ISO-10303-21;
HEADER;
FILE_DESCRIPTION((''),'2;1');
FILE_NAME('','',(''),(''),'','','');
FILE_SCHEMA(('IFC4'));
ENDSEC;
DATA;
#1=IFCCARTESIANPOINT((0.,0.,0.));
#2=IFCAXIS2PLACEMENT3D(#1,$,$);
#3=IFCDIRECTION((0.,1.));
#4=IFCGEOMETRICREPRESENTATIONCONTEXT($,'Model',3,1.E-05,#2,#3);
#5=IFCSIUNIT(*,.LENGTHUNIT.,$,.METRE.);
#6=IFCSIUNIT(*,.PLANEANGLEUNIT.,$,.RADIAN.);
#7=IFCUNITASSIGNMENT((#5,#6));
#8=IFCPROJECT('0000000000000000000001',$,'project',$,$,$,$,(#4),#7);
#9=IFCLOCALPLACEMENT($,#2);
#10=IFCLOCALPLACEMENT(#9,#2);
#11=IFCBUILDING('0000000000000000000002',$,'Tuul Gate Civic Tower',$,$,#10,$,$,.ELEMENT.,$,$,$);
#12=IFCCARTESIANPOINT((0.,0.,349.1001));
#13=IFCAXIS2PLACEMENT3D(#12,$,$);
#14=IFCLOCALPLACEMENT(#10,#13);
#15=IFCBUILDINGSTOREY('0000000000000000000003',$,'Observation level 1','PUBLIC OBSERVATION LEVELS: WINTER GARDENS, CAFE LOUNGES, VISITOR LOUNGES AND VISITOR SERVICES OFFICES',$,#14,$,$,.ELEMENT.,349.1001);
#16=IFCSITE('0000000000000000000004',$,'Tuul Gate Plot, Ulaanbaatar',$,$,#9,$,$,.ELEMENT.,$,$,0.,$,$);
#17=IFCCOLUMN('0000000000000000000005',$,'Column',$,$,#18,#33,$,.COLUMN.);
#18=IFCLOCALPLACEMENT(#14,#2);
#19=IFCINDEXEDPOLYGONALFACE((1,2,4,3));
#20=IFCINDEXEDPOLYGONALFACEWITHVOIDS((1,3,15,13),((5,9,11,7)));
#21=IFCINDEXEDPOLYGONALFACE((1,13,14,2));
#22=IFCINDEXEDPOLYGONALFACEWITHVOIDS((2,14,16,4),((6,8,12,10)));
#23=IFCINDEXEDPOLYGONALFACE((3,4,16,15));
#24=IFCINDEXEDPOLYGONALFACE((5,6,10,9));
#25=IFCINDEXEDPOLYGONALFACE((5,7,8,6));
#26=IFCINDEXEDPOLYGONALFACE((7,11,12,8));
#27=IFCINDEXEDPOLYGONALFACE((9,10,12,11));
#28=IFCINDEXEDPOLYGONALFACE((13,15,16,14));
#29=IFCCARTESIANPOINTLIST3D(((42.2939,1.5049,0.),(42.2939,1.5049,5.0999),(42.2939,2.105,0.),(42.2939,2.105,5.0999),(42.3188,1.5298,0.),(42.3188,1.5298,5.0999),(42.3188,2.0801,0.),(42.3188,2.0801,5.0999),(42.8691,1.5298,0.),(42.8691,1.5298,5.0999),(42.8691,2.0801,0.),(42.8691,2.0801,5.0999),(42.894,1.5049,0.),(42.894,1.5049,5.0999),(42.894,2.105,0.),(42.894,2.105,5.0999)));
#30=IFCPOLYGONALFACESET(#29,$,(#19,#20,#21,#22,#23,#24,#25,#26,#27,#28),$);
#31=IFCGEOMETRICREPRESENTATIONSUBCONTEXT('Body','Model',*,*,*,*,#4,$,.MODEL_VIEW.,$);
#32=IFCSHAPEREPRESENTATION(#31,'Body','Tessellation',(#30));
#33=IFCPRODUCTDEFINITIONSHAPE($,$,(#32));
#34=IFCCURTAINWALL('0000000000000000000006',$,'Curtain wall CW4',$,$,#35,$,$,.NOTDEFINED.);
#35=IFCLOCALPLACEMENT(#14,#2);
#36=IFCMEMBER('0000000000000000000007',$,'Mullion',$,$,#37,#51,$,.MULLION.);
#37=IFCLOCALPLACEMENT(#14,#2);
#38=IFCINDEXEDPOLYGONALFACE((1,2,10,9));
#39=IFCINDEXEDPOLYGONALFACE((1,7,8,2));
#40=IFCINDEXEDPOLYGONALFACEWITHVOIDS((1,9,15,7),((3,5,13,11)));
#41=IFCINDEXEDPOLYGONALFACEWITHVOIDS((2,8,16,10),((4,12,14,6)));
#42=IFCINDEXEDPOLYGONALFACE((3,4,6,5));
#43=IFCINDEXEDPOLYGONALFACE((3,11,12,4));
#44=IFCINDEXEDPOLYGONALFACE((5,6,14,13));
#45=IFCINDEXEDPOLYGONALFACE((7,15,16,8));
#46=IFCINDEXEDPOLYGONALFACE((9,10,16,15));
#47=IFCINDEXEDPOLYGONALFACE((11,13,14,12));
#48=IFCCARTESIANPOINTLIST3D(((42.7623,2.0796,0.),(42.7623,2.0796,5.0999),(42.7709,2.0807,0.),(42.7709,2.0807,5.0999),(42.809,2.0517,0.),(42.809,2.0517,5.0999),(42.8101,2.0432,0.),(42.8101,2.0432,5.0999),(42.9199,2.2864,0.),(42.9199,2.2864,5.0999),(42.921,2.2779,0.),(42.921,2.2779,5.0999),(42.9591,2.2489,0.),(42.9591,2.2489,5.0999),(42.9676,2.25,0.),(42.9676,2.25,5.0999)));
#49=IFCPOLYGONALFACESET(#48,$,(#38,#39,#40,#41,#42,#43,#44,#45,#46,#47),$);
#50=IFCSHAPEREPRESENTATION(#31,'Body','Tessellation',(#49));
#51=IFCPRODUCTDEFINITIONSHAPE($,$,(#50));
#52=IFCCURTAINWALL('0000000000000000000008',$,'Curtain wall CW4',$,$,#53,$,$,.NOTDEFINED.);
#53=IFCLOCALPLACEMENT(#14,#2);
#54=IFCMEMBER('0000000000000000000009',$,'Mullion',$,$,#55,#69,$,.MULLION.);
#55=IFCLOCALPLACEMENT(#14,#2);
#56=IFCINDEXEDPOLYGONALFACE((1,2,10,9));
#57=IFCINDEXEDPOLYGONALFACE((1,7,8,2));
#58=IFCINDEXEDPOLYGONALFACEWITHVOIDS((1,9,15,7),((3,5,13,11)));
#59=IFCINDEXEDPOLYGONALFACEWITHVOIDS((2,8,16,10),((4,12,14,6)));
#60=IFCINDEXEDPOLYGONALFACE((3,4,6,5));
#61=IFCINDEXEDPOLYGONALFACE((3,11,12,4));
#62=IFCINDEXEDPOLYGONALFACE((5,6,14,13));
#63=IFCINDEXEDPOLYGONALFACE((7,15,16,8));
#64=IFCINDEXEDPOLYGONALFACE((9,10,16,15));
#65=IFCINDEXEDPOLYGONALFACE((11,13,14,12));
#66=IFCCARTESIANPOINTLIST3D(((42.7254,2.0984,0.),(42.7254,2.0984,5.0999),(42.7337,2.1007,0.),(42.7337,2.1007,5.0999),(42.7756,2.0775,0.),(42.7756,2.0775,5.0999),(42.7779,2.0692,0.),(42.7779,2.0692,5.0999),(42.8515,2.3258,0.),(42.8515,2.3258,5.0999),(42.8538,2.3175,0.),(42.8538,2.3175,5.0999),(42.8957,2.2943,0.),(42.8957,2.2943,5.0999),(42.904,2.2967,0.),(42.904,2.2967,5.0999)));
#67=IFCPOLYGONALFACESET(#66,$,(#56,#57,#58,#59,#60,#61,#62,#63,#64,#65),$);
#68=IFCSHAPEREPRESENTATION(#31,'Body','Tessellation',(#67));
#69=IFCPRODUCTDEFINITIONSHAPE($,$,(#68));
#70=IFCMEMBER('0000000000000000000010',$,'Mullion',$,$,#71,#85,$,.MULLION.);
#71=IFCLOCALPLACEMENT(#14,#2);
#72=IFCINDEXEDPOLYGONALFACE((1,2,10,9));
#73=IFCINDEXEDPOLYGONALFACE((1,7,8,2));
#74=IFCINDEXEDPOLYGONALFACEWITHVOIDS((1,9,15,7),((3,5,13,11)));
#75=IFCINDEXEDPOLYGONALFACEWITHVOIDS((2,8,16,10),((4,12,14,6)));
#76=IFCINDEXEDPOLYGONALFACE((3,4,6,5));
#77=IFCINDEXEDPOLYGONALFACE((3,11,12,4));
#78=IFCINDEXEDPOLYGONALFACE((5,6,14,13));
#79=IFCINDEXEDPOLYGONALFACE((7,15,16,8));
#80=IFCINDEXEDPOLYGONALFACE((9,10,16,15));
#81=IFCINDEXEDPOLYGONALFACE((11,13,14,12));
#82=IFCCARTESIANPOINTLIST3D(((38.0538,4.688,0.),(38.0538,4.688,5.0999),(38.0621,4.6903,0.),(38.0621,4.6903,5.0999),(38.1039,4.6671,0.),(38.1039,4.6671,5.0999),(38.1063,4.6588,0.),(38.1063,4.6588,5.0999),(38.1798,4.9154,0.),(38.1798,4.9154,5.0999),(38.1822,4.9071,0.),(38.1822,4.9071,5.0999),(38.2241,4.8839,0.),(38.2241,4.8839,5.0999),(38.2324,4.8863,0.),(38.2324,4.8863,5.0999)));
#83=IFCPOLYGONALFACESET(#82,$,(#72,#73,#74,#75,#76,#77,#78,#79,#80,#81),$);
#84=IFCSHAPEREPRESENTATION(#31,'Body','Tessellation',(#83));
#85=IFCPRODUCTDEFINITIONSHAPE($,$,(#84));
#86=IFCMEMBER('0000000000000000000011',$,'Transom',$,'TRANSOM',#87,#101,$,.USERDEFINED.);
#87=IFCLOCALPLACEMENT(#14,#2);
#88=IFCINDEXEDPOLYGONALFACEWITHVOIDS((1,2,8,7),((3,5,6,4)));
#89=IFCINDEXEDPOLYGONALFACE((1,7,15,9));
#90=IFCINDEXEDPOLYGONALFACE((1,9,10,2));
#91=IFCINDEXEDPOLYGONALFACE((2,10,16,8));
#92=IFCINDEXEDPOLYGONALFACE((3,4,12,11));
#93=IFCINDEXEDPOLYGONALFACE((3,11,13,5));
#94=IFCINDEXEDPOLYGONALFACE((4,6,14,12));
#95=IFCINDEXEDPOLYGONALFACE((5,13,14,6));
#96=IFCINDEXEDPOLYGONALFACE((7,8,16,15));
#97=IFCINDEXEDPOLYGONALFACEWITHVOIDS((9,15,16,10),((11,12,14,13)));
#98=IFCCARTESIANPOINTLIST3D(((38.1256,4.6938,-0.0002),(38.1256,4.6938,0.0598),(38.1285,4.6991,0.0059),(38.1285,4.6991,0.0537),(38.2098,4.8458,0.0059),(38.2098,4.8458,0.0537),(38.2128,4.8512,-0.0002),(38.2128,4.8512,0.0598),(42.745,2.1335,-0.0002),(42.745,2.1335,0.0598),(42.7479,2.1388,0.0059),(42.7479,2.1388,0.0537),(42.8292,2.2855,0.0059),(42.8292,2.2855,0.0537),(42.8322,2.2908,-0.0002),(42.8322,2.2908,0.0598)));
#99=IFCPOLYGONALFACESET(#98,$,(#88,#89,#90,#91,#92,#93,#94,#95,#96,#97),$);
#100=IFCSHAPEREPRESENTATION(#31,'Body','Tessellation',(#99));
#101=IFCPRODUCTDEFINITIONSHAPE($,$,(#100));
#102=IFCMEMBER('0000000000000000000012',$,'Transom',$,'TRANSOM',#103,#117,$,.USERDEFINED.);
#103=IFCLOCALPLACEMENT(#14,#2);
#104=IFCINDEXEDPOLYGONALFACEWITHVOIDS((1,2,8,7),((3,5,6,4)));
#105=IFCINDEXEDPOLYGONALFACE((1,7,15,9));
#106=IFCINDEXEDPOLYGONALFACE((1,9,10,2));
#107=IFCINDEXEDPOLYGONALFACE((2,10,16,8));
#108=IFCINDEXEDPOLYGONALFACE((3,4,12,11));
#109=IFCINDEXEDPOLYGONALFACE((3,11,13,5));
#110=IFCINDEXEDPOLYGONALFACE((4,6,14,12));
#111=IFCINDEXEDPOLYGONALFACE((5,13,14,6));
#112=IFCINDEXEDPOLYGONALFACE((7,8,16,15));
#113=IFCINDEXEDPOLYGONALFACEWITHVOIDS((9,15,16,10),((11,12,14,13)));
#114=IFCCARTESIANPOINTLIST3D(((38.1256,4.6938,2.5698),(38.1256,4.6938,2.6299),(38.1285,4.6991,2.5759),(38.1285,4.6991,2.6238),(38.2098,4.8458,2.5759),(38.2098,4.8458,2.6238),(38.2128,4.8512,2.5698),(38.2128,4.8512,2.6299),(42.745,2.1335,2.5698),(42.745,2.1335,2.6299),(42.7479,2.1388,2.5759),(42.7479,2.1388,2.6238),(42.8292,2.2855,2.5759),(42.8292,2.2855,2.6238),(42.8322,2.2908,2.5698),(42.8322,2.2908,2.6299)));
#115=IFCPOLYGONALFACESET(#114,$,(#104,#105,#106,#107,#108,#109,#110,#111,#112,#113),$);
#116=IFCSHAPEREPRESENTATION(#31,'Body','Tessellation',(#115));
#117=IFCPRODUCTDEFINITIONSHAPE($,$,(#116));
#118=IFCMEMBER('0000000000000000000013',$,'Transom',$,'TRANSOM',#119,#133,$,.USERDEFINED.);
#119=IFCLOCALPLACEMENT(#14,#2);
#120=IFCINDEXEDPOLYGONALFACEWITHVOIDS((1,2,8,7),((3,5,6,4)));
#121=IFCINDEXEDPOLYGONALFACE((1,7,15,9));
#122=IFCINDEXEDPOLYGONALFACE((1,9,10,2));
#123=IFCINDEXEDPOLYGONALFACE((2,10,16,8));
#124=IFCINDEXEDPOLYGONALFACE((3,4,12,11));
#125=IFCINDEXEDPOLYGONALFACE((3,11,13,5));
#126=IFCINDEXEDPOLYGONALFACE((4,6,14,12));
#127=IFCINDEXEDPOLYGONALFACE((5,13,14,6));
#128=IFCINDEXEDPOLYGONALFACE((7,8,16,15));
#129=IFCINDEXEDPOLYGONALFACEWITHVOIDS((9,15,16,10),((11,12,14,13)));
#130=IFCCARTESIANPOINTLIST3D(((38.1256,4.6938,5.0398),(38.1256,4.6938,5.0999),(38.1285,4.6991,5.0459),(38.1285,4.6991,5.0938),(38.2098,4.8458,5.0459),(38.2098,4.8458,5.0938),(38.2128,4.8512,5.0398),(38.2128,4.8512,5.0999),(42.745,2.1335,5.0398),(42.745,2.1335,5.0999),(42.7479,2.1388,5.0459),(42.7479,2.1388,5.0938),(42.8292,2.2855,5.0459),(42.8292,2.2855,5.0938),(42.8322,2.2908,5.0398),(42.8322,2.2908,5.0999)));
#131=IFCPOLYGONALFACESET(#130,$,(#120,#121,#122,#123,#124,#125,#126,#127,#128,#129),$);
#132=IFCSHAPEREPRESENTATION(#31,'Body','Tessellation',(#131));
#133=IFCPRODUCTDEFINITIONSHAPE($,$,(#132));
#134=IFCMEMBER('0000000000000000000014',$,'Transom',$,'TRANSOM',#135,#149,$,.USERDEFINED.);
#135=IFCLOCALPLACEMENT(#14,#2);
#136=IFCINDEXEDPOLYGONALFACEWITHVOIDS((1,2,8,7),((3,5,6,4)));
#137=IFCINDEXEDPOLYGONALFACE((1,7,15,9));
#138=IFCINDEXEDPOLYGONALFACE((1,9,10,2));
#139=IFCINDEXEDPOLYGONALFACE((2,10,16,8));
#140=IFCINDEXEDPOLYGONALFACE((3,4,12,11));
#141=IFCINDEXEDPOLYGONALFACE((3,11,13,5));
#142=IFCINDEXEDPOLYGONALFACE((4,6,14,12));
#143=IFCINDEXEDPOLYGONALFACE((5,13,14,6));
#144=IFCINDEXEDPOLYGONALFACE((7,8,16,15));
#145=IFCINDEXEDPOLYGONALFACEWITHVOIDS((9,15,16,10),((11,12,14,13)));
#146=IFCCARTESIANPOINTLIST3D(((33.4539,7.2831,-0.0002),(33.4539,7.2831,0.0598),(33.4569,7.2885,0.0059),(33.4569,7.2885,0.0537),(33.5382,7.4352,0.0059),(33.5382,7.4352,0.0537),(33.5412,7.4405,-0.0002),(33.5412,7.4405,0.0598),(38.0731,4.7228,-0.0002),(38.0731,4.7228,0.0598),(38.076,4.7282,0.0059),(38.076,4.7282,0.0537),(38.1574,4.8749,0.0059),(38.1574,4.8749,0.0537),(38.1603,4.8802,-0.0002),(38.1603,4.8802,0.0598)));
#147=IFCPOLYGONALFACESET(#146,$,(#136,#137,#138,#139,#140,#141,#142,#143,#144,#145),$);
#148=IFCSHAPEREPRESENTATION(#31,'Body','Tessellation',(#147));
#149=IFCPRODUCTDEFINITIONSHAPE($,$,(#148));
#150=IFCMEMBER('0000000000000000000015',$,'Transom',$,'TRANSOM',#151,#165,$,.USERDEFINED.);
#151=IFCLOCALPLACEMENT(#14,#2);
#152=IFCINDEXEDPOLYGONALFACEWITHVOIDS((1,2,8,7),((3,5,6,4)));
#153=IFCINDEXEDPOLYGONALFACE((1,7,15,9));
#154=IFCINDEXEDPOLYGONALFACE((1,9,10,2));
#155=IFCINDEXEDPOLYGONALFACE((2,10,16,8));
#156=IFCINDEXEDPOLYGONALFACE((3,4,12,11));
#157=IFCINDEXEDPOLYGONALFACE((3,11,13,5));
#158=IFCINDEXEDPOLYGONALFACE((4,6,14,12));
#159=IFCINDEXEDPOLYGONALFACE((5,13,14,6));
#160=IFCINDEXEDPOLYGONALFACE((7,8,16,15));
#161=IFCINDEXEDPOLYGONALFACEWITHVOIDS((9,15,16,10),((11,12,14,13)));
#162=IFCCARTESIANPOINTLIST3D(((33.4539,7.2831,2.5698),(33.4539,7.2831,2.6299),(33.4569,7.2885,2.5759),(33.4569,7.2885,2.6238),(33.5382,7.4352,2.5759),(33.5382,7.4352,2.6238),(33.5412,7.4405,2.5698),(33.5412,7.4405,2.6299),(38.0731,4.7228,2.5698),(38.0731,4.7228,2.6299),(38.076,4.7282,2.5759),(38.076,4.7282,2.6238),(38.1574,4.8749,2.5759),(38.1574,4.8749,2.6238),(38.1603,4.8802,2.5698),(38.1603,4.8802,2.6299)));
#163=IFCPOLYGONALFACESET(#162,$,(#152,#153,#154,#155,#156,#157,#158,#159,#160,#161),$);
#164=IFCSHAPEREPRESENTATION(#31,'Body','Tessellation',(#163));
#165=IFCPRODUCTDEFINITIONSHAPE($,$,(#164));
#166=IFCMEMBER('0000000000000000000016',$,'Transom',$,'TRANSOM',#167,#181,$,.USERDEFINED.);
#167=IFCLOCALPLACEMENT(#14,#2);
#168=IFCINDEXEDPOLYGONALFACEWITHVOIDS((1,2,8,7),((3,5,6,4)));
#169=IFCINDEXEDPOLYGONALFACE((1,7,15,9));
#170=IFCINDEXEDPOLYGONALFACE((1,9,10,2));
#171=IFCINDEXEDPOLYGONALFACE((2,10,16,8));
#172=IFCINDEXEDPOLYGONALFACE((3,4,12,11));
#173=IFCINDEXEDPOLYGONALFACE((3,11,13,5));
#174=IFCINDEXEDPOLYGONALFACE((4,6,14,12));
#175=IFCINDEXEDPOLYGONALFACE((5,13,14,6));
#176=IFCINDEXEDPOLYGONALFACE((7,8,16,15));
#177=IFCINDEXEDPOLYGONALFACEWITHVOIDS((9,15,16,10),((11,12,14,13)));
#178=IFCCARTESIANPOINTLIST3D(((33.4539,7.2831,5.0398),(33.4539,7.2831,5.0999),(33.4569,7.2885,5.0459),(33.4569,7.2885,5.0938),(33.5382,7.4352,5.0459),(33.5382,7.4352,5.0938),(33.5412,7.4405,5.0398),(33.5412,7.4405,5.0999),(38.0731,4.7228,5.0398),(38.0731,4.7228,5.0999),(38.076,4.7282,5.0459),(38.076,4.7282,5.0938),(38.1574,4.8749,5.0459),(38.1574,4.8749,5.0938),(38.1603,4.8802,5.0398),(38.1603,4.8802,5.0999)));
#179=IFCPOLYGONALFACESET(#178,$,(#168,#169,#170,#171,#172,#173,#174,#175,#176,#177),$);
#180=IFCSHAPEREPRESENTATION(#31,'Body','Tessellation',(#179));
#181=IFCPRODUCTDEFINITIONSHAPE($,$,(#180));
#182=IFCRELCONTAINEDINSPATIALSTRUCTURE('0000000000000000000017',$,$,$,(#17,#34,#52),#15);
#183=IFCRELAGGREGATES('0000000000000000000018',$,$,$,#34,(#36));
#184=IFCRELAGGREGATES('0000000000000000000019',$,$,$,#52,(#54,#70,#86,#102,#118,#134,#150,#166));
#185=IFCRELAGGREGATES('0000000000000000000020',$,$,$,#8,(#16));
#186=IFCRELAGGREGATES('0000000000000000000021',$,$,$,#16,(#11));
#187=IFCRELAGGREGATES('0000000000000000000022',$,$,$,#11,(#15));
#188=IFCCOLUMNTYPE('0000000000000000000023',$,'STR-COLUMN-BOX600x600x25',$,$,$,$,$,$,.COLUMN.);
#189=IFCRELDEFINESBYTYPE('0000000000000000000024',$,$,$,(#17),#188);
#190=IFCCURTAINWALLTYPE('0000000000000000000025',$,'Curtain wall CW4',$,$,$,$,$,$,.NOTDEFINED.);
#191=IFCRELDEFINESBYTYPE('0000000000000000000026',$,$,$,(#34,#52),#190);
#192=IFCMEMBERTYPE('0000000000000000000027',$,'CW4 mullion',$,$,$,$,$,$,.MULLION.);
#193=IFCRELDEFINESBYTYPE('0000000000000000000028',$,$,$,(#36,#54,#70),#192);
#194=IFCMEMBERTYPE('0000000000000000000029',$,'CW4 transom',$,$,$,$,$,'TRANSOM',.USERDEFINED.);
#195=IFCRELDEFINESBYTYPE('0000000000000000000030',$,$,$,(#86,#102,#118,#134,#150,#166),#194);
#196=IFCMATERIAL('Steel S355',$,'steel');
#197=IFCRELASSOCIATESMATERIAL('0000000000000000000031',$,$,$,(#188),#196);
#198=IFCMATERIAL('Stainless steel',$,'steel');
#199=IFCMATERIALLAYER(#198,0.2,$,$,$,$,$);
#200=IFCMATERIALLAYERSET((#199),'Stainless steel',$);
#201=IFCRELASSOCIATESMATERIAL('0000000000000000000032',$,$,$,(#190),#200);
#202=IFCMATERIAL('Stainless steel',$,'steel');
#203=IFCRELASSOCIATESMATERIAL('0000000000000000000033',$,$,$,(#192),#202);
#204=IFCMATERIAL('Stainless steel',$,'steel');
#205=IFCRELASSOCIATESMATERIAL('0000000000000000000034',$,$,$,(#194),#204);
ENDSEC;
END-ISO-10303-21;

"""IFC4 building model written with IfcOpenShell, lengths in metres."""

from ifc_helpers import new_model, si_unit, direction, frame, origin, origin_2d, place, context, subcontext, project, spatial, hollow_rectangle, extrude, material, layer, layer_set, material_profile, profile_set, type_object, element, aggregate, save


model = new_model("IFC4")

# Units and contexts
model_context = context("Model", 3, precision=1e-05, world=origin(), true_north=direction((0.0, 1.0)))
body_context = subcontext(model_context, "Body", "Model", "MODEL_VIEW")
ifc_project = project(units=[si_unit("LENGTHUNIT", "METRE"), si_unit("PLANEANGLEUNIT", "RADIAN")], contexts=[model_context])

# Site, building, storey
site_placement = place(None, origin())
site = spatial("IfcSite", under=ifc_project, at=site_placement, Name="Tuul Gate Plot, Ulaanbaatar", CompositionType="ELEMENT", RefElevation=0.0)
building_placement = place(site_placement, origin())
building = spatial("IfcBuilding", under=site, at=building_placement, Name="Tuul Gate Civic Tower", CompositionType="ELEMENT")
storey_placement = place(building_placement, frame((0.0, 0.0, 349.1001)))
storey = spatial("IfcBuildingStorey", under=building, at=storey_placement, Name="Observation level 1", Description="PUBLIC OBSERVATION LEVELS: WINTER GARDENS, CAFE LOUNGES, VISITOR LOUNGES AND VISITOR SERVICES OFFICES", CompositionType="ELEMENT", Elevation=349.1001)

# Column
ifc_material_1 = material(Name="Steel S355", Category="steel")
ifc_material_profile_1 = material_profile(ifc_material_1, hollow_rectangle(XDim=0.6001, YDim=0.6001, WallThickness=0.0249, at=origin_2d()), Name="BOX600x600x25")
ifc_profile_set_1 = profile_set([ifc_material_profile_1], Name="Steel S355")
column_type = type_object("IfcColumnType", Name="STR-COLUMN-BOX600x600x25", PredefinedType="COLUMN", material=ifc_profile_set_1)
column_placement = place(storey_placement, frame((42.594, 1.8049, 0.0), z_axis=(0.0, 0.0, 1.0), x_axis=(1.0, 0.0, 0.0)))
element("IfcColumn", 1, at=column_placement, inside=storey, type_object=column_type, Name="Column", PredefinedType="COLUMN", context=body_context, shape_type="SweptSolid", body=[
    extrude(hollow_rectangle(XDim=0.6001, YDim=0.6001, WallThickness=0.0249, at=origin_2d()), origin(), (0.0, 0.0, 1.0), 5.0999),
])

# Curtain wall, member
ifc_material_2 = material(Name="Stainless steel", Category="steel")
ifc_layer_1 = layer(ifc_material_2, 0.2)
ifc_layer_set_1 = layer_set([ifc_layer_1], Name="Stainless steel")
curtain_wall_type = type_object("IfcCurtainWallType", Name="Curtain wall CW4", PredefinedType="NOTDEFINED", material=ifc_layer_set_1)
curtain_wall_1_placement = place(storey_placement, origin())
curtain_wall_1 = element("IfcCurtainWall", 2, at=curtain_wall_1_placement, inside=storey, type_object=curtain_wall_type, Name="Curtain wall CW4", PredefinedType="NOTDEFINED")
ifc_material_3 = material(Name="Stainless steel", Category="steel")
ifc_material_profile_2 = material_profile(ifc_material_3, hollow_rectangle(XDim=0.26, YDim=0.0601, WallThickness=0.0061, at=origin_2d()), Name="CW4 mullion")
ifc_profile_set_2 = profile_set([ifc_material_profile_2], Name="Stainless steel")
member_type_1 = type_object("IfcMemberType", Name="CW4 mullion", PredefinedType="MULLION", material=ifc_profile_set_2)
member_1_placement = place(storey_placement, frame((42.865, 2.1648, 0.0), z_axis=(0.0, 0.0, 1.0), x_axis=(-0.605808, -0.795611, 0.0)))
member_1 = element("IfcMember", 3, at=member_1_placement, type_object=member_type_1, Name="Mullion", PredefinedType="MULLION", context=body_context, shape_type="SweptSolid", body=[
    extrude(hollow_rectangle(XDim=0.26, YDim=0.0601, WallThickness=0.0061, at=origin_2d()), origin(), (0.0, 0.0, 1.0), 5.0999),
])
aggregate(curtain_wall_1, [member_1])

# Curtain wall, members
curtain_wall_2_placement = place(storey_placement, origin())
curtain_wall_2 = element("IfcCurtainWall", 4, at=curtain_wall_2_placement, inside=storey, type_object=curtain_wall_type, Name="Curtain wall CW4", PredefinedType="NOTDEFINED")
member_2_placement = place(storey_placement, frame((42.8147, 2.1975, 0.0), z_axis=(0.0, 0.0, 1.0), x_axis=(-0.484789, -0.874631, 0.0)))
member_2 = element("IfcMember", 5, at=member_2_placement, type_object=member_type_1, Name="Mullion", PredefinedType="MULLION", context=body_context, shape_type="SweptSolid", body=[
    extrude(hollow_rectangle(XDim=0.26, YDim=0.0601, WallThickness=0.0061, at=origin_2d()), origin(), (0.0, 0.0, 1.0), 5.0999),
])
member_3_placement = place(storey_placement, frame((38.1431, 4.7871, 0.0), z_axis=(0.0, 0.0, 1.0), x_axis=(-0.484789, -0.874631, 0.0)))
member_3 = element("IfcMember", 6, at=member_3_placement, type_object=member_type_1, Name="Mullion", PredefinedType="MULLION", context=body_context, shape_type="SweptSolid", body=[
    extrude(hollow_rectangle(XDim=0.26, YDim=0.0601, WallThickness=0.0061, at=origin_2d()), origin(), (0.0, 0.0, 1.0), 5.0999),
])
ifc_material_4 = material(Name="Stainless steel", Category="steel")
ifc_material_profile_3 = material_profile(ifc_material_4, hollow_rectangle(XDim=0.1799, YDim=0.0601, WallThickness=0.0061, at=origin_2d()), Name="CW4 transom")
ifc_profile_set_3 = profile_set([ifc_material_profile_3], Name="Stainless steel")
member_type_2 = type_object("IfcMemberType", Name="CW4 transom", ElementType="TRANSOM", PredefinedType="USERDEFINED", material=ifc_profile_set_3)
member_4_placement = place(storey_placement, frame((42.7886, 2.2122, 0.0298), z_axis=(-0.874641, 0.484771, 0.0), x_axis=(-0.484771, -0.874641, 0.0)))
member_4 = element("IfcMember", 7, at=member_4_placement, type_object=member_type_2, Name="Transom", ObjectType="TRANSOM", PredefinedType="USERDEFINED", context=body_context, shape_type="SweptSolid", body=[
    extrude(hollow_rectangle(XDim=0.1799, YDim=0.0601, WallThickness=0.0061, at=origin_2d()), origin(), (0.0, 0.0, 1.0), 5.2815),
])
member_5_placement = place(storey_placement, frame((42.7886, 2.2122, 2.5999), z_axis=(-0.874641, 0.484771, 0.0), x_axis=(-0.484771, -0.874641, 0.0)))
member_5 = element("IfcMember", 8, at=member_5_placement, type_object=member_type_2, Name="Transom", ObjectType="TRANSOM", PredefinedType="USERDEFINED", context=body_context, shape_type="SweptSolid", body=[
    extrude(hollow_rectangle(XDim=0.1799, YDim=0.0601, WallThickness=0.0061, at=origin_2d()), origin(), (0.0, 0.0, 1.0), 5.2815),
])
member_6_placement = place(storey_placement, frame((42.7886, 2.2122, 5.0698), z_axis=(-0.874641, 0.484771, 0.0), x_axis=(-0.484771, -0.874641, 0.0)))
member_6 = element("IfcMember", 9, at=member_6_placement, type_object=member_type_2, Name="Transom", ObjectType="TRANSOM", PredefinedType="USERDEFINED", context=body_context, shape_type="SweptSolid", body=[
    extrude(hollow_rectangle(XDim=0.1799, YDim=0.0601, WallThickness=0.0061, at=origin_2d()), origin(), (0.0, 0.0, 1.0), 5.2815),
])
member_7_placement = place(storey_placement, frame((38.1167, 4.8015, 0.0298), z_axis=(-0.87463, 0.484791, 0.0), x_axis=(-0.484791, -0.87463, 0.0)))
member_7 = element("IfcMember", 10, at=member_7_placement, type_object=member_type_2, Name="Transom", ObjectType="TRANSOM", PredefinedType="USERDEFINED", context=body_context, shape_type="SweptSolid", body=[
    extrude(hollow_rectangle(XDim=0.1799, YDim=0.0601, WallThickness=0.0061, at=origin_2d()), origin(), (0.0, 0.0, 1.0), 5.2812),
])
member_8_placement = place(storey_placement, frame((38.1167, 4.8015, 2.5999), z_axis=(-0.87463, 0.484791, 0.0), x_axis=(-0.484791, -0.87463, 0.0)))
member_8 = element("IfcMember", 11, at=member_8_placement, type_object=member_type_2, Name="Transom", ObjectType="TRANSOM", PredefinedType="USERDEFINED", context=body_context, shape_type="SweptSolid", body=[
    extrude(hollow_rectangle(XDim=0.1799, YDim=0.0601, WallThickness=0.0061, at=origin_2d()), origin(), (0.0, 0.0, 1.0), 5.2812),
])
member_9_placement = place(storey_placement, frame((38.1167, 4.8015, 5.0698), z_axis=(-0.87463, 0.484791, 0.0), x_axis=(-0.484791, -0.87463, 0.0)))
member_9 = element("IfcMember", 12, at=member_9_placement, type_object=member_type_2, Name="Transom", ObjectType="TRANSOM", PredefinedType="USERDEFINED", context=body_context, shape_type="SweptSolid", body=[
    extrude(hollow_rectangle(XDim=0.1799, YDim=0.0601, WallThickness=0.0061, at=origin_2d()), origin(), (0.0, 0.0, 1.0), 5.2812),
])

aggregate(curtain_wall_2, [member_2, member_3, member_4, member_5, member_6, member_7, member_8, member_9])

save(model, "model.ifc")
